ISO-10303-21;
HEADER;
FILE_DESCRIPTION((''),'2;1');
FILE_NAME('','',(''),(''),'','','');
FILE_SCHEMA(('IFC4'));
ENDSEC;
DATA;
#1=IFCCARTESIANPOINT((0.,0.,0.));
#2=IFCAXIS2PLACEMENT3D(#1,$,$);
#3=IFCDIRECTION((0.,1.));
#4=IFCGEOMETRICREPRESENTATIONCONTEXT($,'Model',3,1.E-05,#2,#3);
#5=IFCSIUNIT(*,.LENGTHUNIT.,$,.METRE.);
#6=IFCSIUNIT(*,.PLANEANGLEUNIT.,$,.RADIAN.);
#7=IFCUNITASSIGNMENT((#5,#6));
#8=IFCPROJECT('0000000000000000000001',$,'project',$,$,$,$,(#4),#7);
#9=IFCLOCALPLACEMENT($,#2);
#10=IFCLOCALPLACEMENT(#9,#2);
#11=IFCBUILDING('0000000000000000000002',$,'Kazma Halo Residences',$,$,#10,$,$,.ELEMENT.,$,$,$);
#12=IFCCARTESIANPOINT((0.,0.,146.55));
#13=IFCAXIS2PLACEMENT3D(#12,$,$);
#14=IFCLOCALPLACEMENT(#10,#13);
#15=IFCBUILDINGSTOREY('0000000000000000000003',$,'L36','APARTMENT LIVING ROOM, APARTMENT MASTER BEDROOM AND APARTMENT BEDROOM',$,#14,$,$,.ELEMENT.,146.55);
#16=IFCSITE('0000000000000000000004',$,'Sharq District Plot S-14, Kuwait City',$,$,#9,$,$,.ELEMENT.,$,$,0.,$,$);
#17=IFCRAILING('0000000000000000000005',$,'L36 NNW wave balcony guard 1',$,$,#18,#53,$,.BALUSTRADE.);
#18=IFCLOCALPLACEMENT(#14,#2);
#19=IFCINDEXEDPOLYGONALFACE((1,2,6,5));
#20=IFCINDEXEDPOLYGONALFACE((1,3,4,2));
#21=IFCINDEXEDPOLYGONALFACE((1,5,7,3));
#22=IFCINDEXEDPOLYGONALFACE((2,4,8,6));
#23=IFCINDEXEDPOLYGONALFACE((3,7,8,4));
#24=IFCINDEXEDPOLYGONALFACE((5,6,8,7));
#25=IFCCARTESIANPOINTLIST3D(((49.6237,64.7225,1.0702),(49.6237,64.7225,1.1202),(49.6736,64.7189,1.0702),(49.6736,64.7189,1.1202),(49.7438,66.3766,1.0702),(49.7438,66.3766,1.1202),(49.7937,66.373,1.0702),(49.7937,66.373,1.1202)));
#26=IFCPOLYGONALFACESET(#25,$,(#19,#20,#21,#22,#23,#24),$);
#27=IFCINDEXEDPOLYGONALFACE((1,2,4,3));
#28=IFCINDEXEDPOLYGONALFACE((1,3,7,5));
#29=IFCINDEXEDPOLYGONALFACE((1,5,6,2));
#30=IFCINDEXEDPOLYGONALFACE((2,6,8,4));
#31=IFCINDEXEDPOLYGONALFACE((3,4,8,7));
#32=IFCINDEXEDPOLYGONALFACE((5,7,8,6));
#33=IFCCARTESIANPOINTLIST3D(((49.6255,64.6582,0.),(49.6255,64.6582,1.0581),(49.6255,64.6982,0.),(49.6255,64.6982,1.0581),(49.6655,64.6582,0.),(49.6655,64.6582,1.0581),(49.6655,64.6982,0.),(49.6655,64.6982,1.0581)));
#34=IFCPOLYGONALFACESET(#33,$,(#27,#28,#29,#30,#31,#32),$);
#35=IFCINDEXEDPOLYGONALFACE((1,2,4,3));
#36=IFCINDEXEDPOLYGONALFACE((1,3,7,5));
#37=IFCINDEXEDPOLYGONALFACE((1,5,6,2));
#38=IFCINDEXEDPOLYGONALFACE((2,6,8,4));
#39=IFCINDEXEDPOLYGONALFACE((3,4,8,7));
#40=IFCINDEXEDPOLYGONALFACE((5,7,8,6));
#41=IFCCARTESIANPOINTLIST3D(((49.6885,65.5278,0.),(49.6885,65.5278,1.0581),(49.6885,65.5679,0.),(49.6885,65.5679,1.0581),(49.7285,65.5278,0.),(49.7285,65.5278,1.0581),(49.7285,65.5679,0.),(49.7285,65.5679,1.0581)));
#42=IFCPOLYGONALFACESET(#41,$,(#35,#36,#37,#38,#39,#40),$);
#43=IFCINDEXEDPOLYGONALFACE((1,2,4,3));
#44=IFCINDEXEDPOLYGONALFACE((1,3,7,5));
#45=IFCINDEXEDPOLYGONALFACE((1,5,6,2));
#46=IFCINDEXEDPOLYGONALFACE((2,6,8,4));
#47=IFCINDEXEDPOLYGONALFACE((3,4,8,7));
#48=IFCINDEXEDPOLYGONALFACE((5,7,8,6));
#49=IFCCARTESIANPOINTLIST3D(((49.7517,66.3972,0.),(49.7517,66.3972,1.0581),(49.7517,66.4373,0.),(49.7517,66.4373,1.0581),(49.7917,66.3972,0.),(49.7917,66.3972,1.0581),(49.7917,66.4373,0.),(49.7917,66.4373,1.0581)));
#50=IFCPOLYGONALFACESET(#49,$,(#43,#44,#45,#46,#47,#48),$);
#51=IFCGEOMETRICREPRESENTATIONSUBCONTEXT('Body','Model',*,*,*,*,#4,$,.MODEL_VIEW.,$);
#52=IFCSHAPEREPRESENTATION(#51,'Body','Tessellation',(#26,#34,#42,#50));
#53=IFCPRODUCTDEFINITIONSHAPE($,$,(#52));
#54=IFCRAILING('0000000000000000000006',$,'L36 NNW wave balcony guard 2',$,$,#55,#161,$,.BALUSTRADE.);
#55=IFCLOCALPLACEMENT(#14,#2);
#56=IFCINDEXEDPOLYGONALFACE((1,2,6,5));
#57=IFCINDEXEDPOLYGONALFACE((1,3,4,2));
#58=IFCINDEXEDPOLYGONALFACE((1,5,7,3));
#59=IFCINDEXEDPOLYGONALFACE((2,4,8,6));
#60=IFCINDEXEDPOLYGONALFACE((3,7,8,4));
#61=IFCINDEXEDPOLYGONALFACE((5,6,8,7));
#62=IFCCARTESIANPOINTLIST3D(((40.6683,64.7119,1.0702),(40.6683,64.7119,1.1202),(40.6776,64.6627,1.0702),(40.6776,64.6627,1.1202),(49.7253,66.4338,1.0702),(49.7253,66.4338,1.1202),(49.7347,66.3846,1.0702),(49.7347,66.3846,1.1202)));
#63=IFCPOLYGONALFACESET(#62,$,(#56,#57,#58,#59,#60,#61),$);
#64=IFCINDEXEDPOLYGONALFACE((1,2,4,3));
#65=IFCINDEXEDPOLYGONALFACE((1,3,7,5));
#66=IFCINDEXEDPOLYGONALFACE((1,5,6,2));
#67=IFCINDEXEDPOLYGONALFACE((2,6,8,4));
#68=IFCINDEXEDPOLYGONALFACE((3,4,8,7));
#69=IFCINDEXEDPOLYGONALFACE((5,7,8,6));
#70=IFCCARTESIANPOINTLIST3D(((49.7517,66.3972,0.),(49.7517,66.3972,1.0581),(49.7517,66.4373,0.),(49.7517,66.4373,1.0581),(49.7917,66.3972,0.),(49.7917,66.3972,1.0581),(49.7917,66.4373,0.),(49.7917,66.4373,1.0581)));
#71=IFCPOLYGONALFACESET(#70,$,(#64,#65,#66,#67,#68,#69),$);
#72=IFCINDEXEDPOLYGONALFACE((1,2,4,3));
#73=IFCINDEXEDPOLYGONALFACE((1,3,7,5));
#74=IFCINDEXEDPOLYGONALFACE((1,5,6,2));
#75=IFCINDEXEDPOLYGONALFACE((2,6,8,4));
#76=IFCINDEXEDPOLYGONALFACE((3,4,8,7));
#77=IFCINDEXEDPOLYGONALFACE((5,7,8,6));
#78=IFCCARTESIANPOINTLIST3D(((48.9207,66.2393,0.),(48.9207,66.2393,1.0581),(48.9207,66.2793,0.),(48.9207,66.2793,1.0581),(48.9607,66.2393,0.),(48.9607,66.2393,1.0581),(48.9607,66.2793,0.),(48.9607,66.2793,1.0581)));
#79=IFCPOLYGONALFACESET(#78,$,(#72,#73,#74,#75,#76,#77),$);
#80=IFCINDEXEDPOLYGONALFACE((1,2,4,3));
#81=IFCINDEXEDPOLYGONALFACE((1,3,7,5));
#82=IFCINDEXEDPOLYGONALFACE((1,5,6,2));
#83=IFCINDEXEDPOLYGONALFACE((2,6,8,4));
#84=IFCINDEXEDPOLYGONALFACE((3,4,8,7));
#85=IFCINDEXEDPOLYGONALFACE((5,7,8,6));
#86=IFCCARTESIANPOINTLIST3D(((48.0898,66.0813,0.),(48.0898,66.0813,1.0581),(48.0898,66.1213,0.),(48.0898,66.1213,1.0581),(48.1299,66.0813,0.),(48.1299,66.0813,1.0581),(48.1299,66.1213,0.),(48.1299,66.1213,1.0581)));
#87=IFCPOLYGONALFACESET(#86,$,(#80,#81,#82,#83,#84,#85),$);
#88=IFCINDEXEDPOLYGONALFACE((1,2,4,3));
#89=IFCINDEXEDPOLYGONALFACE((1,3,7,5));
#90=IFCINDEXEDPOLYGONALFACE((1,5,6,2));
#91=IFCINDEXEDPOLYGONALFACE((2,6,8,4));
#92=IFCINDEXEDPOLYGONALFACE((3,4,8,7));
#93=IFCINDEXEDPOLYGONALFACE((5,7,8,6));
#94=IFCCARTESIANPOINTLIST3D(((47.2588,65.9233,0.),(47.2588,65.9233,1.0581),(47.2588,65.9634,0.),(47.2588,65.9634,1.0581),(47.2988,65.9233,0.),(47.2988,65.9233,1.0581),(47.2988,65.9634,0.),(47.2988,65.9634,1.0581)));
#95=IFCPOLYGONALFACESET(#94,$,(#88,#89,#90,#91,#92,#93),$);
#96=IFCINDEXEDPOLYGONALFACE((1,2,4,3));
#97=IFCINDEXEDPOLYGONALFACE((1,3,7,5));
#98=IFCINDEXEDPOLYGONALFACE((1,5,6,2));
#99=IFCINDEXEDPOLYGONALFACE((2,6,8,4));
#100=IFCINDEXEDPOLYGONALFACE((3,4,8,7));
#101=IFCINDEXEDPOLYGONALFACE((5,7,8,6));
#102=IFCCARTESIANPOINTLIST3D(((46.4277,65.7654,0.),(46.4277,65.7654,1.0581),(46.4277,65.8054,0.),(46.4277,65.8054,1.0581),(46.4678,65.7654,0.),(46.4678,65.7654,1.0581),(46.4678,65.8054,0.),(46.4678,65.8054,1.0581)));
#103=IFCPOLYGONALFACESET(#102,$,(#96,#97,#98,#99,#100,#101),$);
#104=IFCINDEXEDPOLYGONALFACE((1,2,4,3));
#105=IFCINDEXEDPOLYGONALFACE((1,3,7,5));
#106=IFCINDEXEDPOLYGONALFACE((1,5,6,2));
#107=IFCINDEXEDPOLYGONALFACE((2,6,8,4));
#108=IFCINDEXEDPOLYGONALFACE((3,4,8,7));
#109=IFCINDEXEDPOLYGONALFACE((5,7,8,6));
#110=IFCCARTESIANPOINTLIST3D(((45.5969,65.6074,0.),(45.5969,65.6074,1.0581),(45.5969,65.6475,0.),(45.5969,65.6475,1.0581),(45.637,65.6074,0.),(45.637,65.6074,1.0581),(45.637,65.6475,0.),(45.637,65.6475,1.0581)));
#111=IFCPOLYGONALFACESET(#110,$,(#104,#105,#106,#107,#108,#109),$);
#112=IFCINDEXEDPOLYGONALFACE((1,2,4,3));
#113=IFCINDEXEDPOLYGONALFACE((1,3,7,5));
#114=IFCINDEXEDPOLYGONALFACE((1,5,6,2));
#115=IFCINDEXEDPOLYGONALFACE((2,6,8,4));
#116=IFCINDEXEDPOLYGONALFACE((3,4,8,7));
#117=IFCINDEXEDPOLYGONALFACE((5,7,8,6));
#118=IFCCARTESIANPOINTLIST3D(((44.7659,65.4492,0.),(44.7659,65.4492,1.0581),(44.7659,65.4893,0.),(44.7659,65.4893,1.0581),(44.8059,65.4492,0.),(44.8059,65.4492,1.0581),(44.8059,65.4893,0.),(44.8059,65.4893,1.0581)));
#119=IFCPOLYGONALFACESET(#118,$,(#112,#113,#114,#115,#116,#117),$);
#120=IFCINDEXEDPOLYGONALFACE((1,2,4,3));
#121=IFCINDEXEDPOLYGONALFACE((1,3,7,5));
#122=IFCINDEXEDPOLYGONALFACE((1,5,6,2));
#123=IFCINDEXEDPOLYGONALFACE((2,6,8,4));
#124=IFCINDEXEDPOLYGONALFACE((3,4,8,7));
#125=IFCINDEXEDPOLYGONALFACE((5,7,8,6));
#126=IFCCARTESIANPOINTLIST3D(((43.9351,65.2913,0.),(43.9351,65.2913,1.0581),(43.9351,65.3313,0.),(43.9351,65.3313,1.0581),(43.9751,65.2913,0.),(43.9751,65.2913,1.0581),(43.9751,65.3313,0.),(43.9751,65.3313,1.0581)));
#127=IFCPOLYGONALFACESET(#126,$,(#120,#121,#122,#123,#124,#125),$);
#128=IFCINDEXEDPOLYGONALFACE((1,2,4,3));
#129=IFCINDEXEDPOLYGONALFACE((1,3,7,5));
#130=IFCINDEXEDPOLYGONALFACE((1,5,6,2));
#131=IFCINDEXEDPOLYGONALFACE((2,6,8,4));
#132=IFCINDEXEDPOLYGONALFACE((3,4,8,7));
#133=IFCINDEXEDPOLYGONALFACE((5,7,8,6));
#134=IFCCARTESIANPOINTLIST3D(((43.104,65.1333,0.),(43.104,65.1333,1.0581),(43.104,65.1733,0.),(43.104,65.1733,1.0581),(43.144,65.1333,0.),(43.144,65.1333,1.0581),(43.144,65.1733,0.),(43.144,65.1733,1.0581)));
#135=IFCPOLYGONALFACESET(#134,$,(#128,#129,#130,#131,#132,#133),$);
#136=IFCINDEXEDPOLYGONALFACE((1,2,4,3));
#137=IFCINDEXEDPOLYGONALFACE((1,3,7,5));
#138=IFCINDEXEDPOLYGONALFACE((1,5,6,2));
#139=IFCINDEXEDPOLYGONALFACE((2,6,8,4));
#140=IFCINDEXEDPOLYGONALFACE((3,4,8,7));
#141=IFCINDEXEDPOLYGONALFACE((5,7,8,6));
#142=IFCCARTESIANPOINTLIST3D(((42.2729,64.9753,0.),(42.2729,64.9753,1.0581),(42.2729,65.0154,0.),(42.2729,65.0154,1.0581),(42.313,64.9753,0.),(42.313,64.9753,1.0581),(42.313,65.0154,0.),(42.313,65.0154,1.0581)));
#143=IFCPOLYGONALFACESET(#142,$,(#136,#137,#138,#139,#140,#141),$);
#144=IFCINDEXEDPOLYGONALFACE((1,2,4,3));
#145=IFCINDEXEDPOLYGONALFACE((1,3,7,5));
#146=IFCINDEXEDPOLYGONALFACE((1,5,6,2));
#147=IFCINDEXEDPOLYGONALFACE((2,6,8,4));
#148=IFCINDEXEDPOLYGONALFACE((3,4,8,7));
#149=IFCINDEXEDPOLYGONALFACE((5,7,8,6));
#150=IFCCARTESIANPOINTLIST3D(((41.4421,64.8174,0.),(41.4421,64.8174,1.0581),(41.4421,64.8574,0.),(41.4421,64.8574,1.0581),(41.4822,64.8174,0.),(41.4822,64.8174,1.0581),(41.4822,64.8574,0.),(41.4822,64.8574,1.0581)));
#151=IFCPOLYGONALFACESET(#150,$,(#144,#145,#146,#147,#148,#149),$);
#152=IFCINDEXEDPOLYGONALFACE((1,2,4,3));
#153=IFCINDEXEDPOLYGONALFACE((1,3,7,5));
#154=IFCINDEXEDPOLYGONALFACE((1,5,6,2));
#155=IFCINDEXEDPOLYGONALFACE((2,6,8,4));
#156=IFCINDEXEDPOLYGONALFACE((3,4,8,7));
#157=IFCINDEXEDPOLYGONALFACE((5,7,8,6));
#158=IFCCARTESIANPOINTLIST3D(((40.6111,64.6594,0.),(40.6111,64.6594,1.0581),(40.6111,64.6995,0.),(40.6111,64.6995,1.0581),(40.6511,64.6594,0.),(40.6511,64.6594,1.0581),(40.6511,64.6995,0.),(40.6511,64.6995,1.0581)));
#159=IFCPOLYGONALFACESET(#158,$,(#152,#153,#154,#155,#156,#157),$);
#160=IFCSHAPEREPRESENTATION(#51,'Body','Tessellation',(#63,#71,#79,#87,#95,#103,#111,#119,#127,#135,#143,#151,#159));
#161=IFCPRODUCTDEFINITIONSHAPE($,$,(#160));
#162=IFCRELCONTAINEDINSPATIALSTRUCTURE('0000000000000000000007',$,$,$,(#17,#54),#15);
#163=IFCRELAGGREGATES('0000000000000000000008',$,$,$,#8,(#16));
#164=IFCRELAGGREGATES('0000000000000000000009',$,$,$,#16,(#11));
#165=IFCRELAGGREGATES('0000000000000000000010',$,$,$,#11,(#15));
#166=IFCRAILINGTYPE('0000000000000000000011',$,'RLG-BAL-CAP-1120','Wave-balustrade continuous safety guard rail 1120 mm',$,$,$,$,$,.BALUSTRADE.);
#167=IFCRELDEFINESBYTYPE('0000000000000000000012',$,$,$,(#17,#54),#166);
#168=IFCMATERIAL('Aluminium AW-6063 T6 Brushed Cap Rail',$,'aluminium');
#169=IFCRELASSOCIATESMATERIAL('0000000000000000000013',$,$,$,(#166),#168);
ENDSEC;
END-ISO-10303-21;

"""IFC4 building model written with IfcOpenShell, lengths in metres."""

from ifc_helpers import new_model, si_unit, direction, frame, origin, origin_2d, place, context, subcontext, project, spatial, rectangle, extrude, material, type_object, element, save


model = new_model("IFC4")

# Units and contexts
model_context = context("Model", 3, precision=1e-05, world=origin(), true_north=direction((0.0, 1.0)))
body_context = subcontext(model_context, "Body", "Model", "MODEL_VIEW")
ifc_project = project(units=[si_unit("LENGTHUNIT", "METRE"), si_unit("PLANEANGLEUNIT", "RADIAN")], contexts=[model_context])

# Site, building, storey
site_placement = place(None, origin())
site = spatial("IfcSite", under=ifc_project, at=site_placement, Name="Sharq District Plot S-14, Kuwait City", CompositionType="ELEMENT", RefElevation=0.0)
building_placement = place(site_placement, origin())
building = spatial("IfcBuilding", under=site, at=building_placement, Name="Kazma Halo Residences", CompositionType="ELEMENT")
storey_placement = place(building_placement, frame((0.0, 0.0, 146.55)))
storey = spatial("IfcBuildingStorey", under=building, at=storey_placement, Name="L36", Description="APARTMENT LIVING ROOM, APARTMENT MASTER BEDROOM AND APARTMENT BEDROOM", CompositionType="ELEMENT", Elevation=146.55)

# Railings
ifc_material_1 = material(Name="Aluminium AW-6063 T6 Brushed Cap Rail", Category="aluminium")
railing_type = type_object("IfcRailingType", Name="RLG-BAL-CAP-1120", Description="Wave-balustrade continuous safety guard rail 1120 mm", PredefinedType="BALUSTRADE", material=ifc_material_1)
railing_1_placement = place(storey_placement, frame((49.6455, 64.6782, 0.0)))
element("IfcRailing", 1, at=railing_1_placement, inside=storey, type_object=railing_type, Name="L36 NNW wave balcony guard 1", PredefinedType="BALUSTRADE", context=body_context, shape_type="SweptSolid", body=[
    extrude(rectangle(XDim=0.05, YDim=0.05, at=origin_2d()), frame((0.0032, 0.0425, 1.0952), z_axis=(0.072391, 0.997376, 0.0), x_axis=(-0.997376, 0.072391, 0.0)), (0.0, 0.0, 1.0), 1.6584),
    extrude(rectangle(XDim=0.04, YDim=0.04, at=origin_2d()), origin(), (0.0, 0.0, 1.0), 1.0581),
    extrude(rectangle(XDim=0.04, YDim=0.04, at=origin_2d()), frame((0.063, 0.8696, 0.0)), (0.0, 0.0, 1.0), 1.0581),
    extrude(rectangle(XDim=0.04, YDim=0.04, at=origin_2d()), frame((0.1262, 1.739, 0.0)), (0.0, 0.0, 1.0), 1.0581),
])
railing_2_placement = place(storey_placement, frame((49.7717, 66.4172, 0.0)))
element("IfcRailing", 2, at=railing_2_placement, inside=storey, type_object=railing_type, Name="L36 NNW wave balcony guard 2", PredefinedType="BALUSTRADE", context=body_context, shape_type="SweptSolid", body=[
    extrude(rectangle(XDim=0.05, YDim=0.05, at=origin_2d()), frame((-0.0417, -0.0081, 1.0952), z_axis=(-0.982403, -0.186772, 0.0), x_axis=(0.186772, -0.982403, 0.0)), (0.0, 0.0, 1.0), 9.2192),
    extrude(rectangle(XDim=0.04, YDim=0.04, at=origin_2d()), origin(), (0.0, 0.0, 1.0), 1.0581),
    extrude(rectangle(XDim=0.04, YDim=0.04, at=origin_2d()), frame((-0.8311, -0.158, 0.0)), (0.0, 0.0, 1.0), 1.0581),
    extrude(rectangle(XDim=0.04, YDim=0.04, at=origin_2d()), frame((-1.6619, -0.3159, 0.0)), (0.0, 0.0, 1.0), 1.0581),
    extrude(rectangle(XDim=0.04, YDim=0.04, at=origin_2d()), frame((-2.4929, -0.4739, 0.0)), (0.0, 0.0, 1.0), 1.0581),
    extrude(rectangle(XDim=0.04, YDim=0.04, at=origin_2d()), frame((-3.324, -0.6318, 0.0)), (0.0, 0.0, 1.0), 1.0581),
    extrude(rectangle(XDim=0.04, YDim=0.04, at=origin_2d()), frame((-4.1548, -0.7898, 0.0)), (0.0, 0.0, 1.0), 1.0581),
    extrude(rectangle(XDim=0.04, YDim=0.04, at=origin_2d()), frame((-4.9858, -0.948, 0.0)), (0.0, 0.0, 1.0), 1.0581),
    extrude(rectangle(XDim=0.04, YDim=0.04, at=origin_2d()), frame((-5.8167, -1.106, 0.0)), (0.0, 0.0, 1.0), 1.0581),
    extrude(rectangle(XDim=0.04, YDim=0.04, at=origin_2d()), frame((-6.6477, -1.2639, 0.0)), (0.0, 0.0, 1.0), 1.0581),
    extrude(rectangle(XDim=0.04, YDim=0.04, at=origin_2d()), frame((-7.4788, -1.4219, 0.0)), (0.0, 0.0, 1.0), 1.0581),
    extrude(rectangle(XDim=0.04, YDim=0.04, at=origin_2d()), frame((-8.3096, -1.5798, 0.0)), (0.0, 0.0, 1.0), 1.0581),
    extrude(rectangle(XDim=0.04, YDim=0.04, at=origin_2d()), frame((-9.1406, -1.7378, 0.0)), (0.0, 0.0, 1.0), 1.0581),
])

save(model, "model.ifc")
